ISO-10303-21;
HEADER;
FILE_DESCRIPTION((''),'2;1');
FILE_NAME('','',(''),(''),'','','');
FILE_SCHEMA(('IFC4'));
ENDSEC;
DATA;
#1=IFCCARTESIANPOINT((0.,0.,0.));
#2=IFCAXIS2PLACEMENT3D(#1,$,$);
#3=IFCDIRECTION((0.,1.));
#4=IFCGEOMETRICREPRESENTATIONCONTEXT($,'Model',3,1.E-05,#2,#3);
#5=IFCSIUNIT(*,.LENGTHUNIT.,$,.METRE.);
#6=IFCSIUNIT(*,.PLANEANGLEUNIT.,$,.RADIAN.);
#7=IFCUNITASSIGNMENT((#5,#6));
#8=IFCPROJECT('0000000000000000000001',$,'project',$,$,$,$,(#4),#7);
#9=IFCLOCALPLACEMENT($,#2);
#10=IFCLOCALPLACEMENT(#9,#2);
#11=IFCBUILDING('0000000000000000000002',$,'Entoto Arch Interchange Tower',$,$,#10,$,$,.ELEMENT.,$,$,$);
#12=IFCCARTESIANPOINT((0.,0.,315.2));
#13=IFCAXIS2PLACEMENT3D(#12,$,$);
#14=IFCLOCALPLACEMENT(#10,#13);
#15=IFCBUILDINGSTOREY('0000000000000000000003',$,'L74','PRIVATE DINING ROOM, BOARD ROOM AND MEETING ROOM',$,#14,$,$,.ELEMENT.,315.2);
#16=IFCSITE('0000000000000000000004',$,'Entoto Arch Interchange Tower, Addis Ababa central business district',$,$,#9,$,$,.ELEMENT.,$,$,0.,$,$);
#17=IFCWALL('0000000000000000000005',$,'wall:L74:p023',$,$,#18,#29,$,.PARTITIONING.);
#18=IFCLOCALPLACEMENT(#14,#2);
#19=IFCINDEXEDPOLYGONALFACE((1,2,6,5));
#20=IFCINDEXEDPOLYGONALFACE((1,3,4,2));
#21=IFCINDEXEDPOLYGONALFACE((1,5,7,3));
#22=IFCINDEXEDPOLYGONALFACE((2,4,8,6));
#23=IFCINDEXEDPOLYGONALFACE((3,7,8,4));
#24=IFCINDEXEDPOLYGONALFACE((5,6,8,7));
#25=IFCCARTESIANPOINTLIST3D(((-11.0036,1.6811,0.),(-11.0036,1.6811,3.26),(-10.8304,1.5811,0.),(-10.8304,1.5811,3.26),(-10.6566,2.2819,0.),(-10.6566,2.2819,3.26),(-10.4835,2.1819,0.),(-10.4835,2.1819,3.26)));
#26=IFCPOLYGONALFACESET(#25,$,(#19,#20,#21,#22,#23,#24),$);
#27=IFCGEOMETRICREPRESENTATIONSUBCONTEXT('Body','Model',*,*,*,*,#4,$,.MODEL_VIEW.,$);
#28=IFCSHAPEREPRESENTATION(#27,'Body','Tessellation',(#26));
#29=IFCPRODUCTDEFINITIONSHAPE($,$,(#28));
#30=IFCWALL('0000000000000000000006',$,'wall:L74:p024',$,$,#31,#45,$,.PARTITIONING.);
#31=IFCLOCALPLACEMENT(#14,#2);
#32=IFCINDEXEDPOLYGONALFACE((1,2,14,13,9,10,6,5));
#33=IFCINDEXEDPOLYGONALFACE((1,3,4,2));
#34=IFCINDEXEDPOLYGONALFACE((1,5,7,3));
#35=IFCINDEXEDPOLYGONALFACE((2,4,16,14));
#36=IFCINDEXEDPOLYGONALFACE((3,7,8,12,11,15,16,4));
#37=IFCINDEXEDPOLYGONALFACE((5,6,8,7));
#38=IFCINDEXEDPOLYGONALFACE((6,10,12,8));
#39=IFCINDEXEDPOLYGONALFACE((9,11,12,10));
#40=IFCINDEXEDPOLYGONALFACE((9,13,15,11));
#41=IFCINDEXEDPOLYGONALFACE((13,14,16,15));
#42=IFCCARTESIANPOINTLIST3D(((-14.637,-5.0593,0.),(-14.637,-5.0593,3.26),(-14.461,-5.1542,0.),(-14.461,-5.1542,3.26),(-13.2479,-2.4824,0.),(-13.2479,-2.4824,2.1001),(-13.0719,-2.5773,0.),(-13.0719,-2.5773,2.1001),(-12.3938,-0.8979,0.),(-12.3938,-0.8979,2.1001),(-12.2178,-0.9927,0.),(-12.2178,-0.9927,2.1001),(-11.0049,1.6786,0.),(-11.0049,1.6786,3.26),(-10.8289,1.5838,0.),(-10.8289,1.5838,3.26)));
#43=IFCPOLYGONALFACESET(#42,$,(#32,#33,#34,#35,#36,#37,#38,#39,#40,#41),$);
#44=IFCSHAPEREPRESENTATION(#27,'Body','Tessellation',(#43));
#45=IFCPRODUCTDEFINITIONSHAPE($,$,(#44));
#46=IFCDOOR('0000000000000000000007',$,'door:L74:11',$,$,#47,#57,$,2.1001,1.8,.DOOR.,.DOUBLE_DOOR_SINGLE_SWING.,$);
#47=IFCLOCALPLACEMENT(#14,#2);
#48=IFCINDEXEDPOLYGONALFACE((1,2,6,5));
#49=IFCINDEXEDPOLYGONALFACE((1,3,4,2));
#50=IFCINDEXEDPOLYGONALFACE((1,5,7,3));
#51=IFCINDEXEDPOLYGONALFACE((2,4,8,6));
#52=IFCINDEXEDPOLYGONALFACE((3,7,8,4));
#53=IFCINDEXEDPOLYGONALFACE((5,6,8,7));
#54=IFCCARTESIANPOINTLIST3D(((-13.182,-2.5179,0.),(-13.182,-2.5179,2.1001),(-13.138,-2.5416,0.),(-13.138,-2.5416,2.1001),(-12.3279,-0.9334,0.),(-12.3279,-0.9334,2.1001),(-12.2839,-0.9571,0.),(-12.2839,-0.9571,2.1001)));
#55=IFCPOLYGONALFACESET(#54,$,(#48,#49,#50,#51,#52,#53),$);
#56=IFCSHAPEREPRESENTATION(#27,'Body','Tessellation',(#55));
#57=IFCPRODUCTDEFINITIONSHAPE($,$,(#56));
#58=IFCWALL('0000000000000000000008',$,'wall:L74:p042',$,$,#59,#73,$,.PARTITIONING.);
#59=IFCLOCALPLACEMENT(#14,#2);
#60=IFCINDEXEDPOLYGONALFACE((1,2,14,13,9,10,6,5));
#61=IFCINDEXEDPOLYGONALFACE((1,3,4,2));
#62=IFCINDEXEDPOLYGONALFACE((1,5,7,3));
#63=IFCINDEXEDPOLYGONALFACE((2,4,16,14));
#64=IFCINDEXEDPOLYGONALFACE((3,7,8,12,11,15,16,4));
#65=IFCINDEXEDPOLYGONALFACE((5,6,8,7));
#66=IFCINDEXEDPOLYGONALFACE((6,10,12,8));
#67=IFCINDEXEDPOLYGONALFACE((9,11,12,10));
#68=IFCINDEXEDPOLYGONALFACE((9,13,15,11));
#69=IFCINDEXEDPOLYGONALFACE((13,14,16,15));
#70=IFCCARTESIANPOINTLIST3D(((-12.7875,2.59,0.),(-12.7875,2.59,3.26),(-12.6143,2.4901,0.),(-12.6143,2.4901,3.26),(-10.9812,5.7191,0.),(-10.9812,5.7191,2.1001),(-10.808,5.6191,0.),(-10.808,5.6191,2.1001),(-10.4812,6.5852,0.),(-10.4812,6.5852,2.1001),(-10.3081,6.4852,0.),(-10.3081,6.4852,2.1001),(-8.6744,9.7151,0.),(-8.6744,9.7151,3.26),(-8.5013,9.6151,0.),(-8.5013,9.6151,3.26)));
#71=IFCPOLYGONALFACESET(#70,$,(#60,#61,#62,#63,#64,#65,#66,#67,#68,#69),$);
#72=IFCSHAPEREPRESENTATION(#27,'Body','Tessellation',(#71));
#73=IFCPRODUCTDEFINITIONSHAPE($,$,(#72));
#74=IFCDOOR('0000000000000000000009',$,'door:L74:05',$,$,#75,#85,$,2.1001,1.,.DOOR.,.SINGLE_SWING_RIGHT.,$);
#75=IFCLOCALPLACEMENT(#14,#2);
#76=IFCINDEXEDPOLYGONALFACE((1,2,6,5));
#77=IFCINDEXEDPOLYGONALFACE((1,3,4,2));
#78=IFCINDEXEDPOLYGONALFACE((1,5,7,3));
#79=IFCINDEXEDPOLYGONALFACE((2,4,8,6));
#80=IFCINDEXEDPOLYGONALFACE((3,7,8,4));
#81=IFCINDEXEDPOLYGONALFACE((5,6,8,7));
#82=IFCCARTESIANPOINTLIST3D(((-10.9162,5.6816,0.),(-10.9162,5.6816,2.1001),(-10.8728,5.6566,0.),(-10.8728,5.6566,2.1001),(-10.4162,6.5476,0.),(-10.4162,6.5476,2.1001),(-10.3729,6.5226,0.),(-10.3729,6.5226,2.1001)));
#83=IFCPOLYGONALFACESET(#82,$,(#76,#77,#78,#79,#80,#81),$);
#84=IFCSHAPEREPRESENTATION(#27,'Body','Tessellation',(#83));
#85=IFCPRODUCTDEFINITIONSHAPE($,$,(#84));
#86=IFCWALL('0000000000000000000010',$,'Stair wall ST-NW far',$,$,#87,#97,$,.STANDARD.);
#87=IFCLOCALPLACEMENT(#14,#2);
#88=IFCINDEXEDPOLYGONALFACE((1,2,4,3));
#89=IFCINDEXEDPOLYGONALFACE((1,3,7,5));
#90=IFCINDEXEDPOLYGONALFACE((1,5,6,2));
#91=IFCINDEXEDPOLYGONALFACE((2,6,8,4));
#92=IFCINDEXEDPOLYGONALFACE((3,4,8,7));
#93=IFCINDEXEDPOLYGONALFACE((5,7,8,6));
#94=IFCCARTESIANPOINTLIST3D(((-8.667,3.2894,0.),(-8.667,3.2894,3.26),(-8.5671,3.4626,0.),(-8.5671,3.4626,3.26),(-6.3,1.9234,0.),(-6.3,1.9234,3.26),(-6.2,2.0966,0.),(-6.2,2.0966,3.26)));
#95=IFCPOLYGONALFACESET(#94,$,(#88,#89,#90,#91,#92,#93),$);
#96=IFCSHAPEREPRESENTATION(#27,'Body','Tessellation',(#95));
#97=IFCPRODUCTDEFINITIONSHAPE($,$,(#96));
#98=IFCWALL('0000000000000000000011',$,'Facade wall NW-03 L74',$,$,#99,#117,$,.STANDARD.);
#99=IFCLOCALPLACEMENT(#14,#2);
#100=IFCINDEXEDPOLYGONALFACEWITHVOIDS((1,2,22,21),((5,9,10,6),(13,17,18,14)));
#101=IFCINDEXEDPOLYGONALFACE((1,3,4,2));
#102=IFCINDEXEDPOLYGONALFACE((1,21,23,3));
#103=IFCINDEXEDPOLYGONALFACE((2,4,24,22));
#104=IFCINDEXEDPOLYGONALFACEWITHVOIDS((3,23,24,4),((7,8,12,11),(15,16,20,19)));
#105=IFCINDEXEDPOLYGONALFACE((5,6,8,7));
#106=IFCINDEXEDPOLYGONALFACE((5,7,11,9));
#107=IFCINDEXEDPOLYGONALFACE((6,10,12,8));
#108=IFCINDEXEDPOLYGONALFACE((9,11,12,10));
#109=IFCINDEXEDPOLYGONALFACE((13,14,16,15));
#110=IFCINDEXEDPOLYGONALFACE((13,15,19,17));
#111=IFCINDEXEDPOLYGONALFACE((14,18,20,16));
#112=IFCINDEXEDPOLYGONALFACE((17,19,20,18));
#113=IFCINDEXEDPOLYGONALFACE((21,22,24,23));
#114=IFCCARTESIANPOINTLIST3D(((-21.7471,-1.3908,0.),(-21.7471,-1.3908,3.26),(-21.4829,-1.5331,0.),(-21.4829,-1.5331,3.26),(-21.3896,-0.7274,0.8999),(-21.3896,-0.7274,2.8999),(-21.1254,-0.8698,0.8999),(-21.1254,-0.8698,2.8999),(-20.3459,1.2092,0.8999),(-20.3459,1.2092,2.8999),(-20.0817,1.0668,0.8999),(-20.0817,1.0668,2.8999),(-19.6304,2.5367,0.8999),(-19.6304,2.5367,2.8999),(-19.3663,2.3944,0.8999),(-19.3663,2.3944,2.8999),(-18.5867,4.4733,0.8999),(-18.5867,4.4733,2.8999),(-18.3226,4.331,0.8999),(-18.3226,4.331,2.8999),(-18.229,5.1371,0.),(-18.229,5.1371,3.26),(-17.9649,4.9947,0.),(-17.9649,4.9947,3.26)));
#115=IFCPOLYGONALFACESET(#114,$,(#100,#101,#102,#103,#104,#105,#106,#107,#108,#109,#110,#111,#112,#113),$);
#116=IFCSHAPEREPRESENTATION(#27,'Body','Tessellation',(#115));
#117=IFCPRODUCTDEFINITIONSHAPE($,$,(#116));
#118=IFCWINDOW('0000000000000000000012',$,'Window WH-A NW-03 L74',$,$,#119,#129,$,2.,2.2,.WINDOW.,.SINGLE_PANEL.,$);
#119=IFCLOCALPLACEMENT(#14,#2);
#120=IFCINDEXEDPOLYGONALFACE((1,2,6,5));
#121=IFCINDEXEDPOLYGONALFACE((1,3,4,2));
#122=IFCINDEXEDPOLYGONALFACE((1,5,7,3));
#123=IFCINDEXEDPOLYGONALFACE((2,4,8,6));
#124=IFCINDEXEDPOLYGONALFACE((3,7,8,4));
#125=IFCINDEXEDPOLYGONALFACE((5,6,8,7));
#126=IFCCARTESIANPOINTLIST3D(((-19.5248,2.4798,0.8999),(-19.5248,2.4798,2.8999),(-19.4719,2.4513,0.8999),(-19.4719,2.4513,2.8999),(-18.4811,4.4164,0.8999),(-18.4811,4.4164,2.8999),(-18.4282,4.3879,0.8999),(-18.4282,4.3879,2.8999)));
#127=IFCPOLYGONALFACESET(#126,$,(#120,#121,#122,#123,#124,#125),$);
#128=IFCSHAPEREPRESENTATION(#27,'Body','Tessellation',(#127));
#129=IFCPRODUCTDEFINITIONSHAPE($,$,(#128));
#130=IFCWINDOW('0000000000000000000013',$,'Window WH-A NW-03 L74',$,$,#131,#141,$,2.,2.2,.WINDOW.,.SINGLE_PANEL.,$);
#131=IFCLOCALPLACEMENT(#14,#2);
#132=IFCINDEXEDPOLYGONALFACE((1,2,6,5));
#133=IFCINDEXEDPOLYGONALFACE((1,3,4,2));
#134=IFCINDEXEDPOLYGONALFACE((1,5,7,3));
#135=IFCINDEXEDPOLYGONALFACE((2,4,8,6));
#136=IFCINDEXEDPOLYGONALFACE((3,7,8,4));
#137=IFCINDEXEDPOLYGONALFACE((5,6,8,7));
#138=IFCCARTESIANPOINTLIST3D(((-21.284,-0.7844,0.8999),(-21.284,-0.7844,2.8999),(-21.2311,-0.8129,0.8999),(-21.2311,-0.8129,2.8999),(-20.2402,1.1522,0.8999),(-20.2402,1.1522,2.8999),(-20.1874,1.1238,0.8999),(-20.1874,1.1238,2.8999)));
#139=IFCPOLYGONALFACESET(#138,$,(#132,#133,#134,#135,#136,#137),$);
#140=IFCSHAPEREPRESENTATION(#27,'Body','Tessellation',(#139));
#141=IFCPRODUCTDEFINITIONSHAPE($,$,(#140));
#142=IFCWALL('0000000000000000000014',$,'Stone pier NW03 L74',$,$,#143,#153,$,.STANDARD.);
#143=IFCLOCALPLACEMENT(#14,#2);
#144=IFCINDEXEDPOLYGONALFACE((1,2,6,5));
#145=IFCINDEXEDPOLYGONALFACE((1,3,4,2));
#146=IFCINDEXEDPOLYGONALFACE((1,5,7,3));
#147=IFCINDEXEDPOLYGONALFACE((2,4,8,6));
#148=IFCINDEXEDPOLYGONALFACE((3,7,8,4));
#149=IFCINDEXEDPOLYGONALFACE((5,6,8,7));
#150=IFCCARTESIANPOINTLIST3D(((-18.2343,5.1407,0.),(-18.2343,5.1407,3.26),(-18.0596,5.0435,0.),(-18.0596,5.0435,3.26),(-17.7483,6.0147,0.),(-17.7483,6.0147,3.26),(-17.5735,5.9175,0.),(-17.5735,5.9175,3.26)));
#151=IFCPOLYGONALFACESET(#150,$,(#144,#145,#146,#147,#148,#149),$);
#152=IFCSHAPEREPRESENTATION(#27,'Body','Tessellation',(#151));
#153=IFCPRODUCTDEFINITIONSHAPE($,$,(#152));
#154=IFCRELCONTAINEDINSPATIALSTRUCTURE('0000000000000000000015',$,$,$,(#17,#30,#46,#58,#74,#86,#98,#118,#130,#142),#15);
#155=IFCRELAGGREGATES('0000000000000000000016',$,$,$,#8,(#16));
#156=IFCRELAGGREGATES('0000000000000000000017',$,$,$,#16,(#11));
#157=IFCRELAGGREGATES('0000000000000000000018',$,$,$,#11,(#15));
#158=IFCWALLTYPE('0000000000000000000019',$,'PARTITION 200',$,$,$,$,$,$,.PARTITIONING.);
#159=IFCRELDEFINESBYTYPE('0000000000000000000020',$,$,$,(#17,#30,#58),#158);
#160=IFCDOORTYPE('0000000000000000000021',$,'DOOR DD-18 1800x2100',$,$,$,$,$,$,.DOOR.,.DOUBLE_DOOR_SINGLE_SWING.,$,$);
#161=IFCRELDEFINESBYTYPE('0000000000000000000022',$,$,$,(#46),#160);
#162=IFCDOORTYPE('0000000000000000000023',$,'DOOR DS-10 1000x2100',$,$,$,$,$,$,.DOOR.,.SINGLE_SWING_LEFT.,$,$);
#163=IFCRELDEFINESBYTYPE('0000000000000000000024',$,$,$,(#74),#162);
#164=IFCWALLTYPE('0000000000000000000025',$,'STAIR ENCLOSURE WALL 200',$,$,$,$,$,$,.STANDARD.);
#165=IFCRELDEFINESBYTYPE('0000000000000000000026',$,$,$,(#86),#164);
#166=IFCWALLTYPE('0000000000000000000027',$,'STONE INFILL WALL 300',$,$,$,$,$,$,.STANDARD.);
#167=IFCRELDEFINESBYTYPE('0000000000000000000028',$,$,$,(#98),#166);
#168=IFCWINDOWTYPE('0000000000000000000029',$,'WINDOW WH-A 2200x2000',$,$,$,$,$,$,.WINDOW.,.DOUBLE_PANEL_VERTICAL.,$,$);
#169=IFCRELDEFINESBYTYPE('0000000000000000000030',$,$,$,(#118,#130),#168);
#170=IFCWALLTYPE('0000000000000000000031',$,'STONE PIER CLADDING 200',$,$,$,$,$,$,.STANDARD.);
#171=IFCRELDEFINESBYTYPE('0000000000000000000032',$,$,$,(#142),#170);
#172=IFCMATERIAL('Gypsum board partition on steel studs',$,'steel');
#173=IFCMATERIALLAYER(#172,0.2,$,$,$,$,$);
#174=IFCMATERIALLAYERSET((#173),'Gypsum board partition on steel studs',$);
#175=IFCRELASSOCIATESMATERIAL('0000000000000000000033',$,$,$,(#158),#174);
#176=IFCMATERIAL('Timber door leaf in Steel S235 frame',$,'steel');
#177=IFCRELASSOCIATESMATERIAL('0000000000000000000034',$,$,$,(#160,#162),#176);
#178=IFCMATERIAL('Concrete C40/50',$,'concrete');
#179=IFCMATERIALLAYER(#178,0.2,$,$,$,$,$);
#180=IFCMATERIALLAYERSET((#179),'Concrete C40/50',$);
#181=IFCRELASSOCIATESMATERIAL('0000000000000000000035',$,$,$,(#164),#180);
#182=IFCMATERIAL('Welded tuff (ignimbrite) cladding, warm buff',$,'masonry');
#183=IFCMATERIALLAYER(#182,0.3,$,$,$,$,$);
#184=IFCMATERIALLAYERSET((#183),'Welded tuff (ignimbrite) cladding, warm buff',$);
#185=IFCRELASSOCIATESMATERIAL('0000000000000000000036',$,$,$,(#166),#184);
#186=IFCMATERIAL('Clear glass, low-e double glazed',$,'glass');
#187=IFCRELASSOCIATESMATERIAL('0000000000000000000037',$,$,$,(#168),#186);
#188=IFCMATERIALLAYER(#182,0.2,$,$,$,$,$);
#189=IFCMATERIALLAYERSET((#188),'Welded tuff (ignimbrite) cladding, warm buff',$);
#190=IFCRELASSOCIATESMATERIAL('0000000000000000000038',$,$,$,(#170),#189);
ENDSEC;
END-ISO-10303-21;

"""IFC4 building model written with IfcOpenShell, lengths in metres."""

from ifc_helpers import new_model, si_unit, direction, frame, frame_2d, origin, place, context, subcontext, project, spatial, rectangle, extrude, material, layer, layer_set, type_object, element, fill, save


model = new_model("IFC4")

# Units and contexts
model_context = context("Model", 3, precision=1e-05, world=origin(), true_north=direction((0.0, 1.0)))
body_context = subcontext(model_context, "Body", "Model", "MODEL_VIEW")
ifc_project = project(units=[si_unit("LENGTHUNIT", "METRE"), si_unit("PLANEANGLEUNIT", "RADIAN")], contexts=[model_context])

# Site, building, storey
site_placement = place(None, origin())
site = spatial("IfcSite", under=ifc_project, at=site_placement, Name="Entoto Arch Interchange Tower, Addis Ababa central business district", CompositionType="ELEMENT", RefElevation=0.0)
building_placement = place(site_placement, origin())
building = spatial("IfcBuilding", under=site, at=building_placement, Name="Entoto Arch Interchange Tower", CompositionType="ELEMENT")
storey_placement = place(building_placement, frame((0.0, 0.0, 315.2)))
storey = spatial("IfcBuildingStorey", under=building, at=storey_placement, Name="L74", Description="PRIVATE DINING ROOM, BOARD ROOM AND MEETING ROOM", CompositionType="ELEMENT", Elevation=315.2)

# Shared definitions
ifc_material_1 = material(Name="Concrete C40/50", Category="concrete")

# Wall
ifc_material_2 = material(Name="Gypsum board partition on steel studs", Category="steel")
ifc_layer_1 = layer(ifc_material_2, 0.2)
ifc_layer_set_1 = layer_set([ifc_layer_1], Name="Gypsum board partition on steel studs")
wall_type_1 = type_object("IfcWallType", Name="PARTITION 200", PredefinedType="PARTITIONING", material=ifc_layer_set_1)
wall_1_placement = place(storey_placement, frame((-10.5701, 2.2319, 0.0), z_axis=(0.0, 0.0, 1.0), x_axis=(-0.500037, -0.866004, 0.0)))
element("IfcWall", 1, at=wall_1_placement, inside=storey, type_object=wall_type_1, Name="wall:L74:p023", PredefinedType="PARTITIONING", context=body_context, shape_type="SweptSolid", body=[
    extrude(rectangle(XDim=0.6938, YDim=0.2, at=frame_2d((0.3469, 0.0))), origin(), (0.0, 0.0, 1.0), 3.26),
])

# Walls, openings, doors
wall_2_placement = place(storey_placement, frame((-10.917, 1.6311, 0.0), z_axis=(0.0, 0.0, 1.0), x_axis=(-0.474495, -0.880258, 0.0)))
wall_2 = element("IfcWall", 2, at=wall_2_placement, inside=storey, type_object=wall_type_1, Name="wall:L74:p024", PredefinedType="PARTITIONING", context=body_context, shape_type="SweptSolid", body=[
    extrude(rectangle(XDim=7.6545, YDim=0.2, at=frame_2d((3.8271, 0.0))), origin(), (0.0, 0.0, 1.0), 3.26),
])
opening_1_placement = place(wall_2_placement, frame((2.927, 0.0, 0.0)))
opening_1 = element("IfcOpeningElement", 3, at=opening_1_placement, cuts=wall_2, PredefinedType="OPENING", context=body_context, shape_type="SweptSolid", body=[
    extrude(rectangle(XDim=1.8, YDim=2.1001, at=frame_2d((0.8999, 1.05))), frame((0.0, 0.1099, 0.0), z_axis=(0.0, -1.0, 0.0), x_axis=(1.0, 0.0, 0.0)), (0.0, 0.0, 1.0), 0.22),
])
ifc_material_3 = material(Name="Timber door leaf in Steel S235 frame", Category="steel")
door_type_1 = type_object("IfcDoorType", Name="DOOR DD-18 1800x2100", OperationType="DOUBLE_DOOR_SINGLE_SWING", PredefinedType="DOOR", material=ifc_material_3)
door_1_placement = place(opening_1_placement, origin())
door_1 = element("IfcDoor", 4, at=door_1_placement, inside=storey, type_object=door_type_1, Name="door:L74:11", OperationType="DOUBLE_DOOR_SINGLE_SWING", OverallHeight=2.1001, OverallWidth=1.8, PredefinedType="DOOR", context=body_context, shape_type="SweptSolid", body=[
    extrude(rectangle(XDim=1.8, YDim=2.1001, at=frame_2d((0.8999, 1.05))), frame((0.0, 0.0249, 0.0), z_axis=(0.0, -1.0, 0.0), x_axis=(1.0, 0.0, 0.0)), (0.0, 0.0, 1.0), 0.05),
])
fill(opening_1, door_1)
wall_3_placement = place(storey_placement, frame((-12.7009, 2.54, 0.0), z_axis=(0.0, 0.0, 1.0), x_axis=(0.499947, 0.866056, 0.0)))
wall_3 = element("IfcWall", 5, at=wall_3_placement, inside=storey, type_object=wall_type_1, Name="wall:L74:p042", PredefinedType="PARTITIONING", context=body_context, shape_type="SweptSolid", body=[
    extrude(rectangle(XDim=8.2271, YDim=0.2, at=frame_2d((4.1135, 0.0))), origin(), (0.0, 0.0, 1.0), 3.26),
])
opening_2_placement = place(wall_3_placement, frame((3.613, 0.0, 0.0)))
opening_2 = element("IfcOpeningElement", 6, at=opening_2_placement, cuts=wall_3, PredefinedType="OPENING", context=body_context, shape_type="SweptSolid", body=[
    extrude(rectangle(XDim=1.0, YDim=2.1001, at=frame_2d((0.5, 1.05))), frame((0.0, 0.1099, 0.0), z_axis=(0.0, -1.0, 0.0), x_axis=(1.0, 0.0, 0.0)), (0.0, 0.0, 1.0), 0.22),
])
door_type_2 = type_object("IfcDoorType", Name="DOOR DS-10 1000x2100", OperationType="SINGLE_SWING_LEFT", PredefinedType="DOOR", material=ifc_material_3)
door_2_placement = place(opening_2_placement, origin())
door_2 = element("IfcDoor", 7, at=door_2_placement, inside=storey, type_object=door_type_2, Name="door:L74:05", OperationType="SINGLE_SWING_RIGHT", OverallHeight=2.1001, OverallWidth=1.0, PredefinedType="DOOR", context=body_context, shape_type="SweptSolid", body=[
    extrude(rectangle(XDim=1.0, YDim=2.1001, at=frame_2d((0.5, 1.05))), frame((0.0, 0.0249, 0.0), z_axis=(0.0, -1.0, 0.0), x_axis=(1.0, 0.0, 0.0)), (0.0, 0.0, 1.0), 0.05),
])
fill(opening_2, door_2)

# Wall
ifc_layer_2 = layer(ifc_material_1, 0.2)
ifc_layer_set_2 = layer_set([ifc_layer_2], Name="Concrete C40/50")
wall_type_2 = type_object("IfcWallType", Name="STAIR ENCLOSURE WALL 200", PredefinedType="STANDARD", material=ifc_layer_set_2)
wall_4_placement = place(storey_placement, frame((-6.25, 2.01, 0.0), z_axis=(0.0, 0.0, 1.0), x_axis=(-0.866119, 0.499838, 0.0)))
element("IfcWall", 8, at=wall_4_placement, inside=storey, type_object=wall_type_2, Name="Stair wall ST-NW far", PredefinedType="STANDARD", context=body_context, shape_type="SweptSolid", body=[
    extrude(rectangle(XDim=2.7329, YDim=0.2, at=frame_2d((1.3665, 0.0))), origin(), (0.0, 0.0, 1.0), 3.26),
])

# Wall, openings, windows
ifc_material_4 = material(Name="Welded tuff (ignimbrite) cladding, warm buff", Category="masonry")
ifc_layer_3 = layer(ifc_material_4, 0.3)
ifc_layer_set_3 = layer_set([ifc_layer_3], Name="Welded tuff (ignimbrite) cladding, warm buff")
wall_type_3 = type_object("IfcWallType", Name="STONE INFILL WALL 300", PredefinedType="STANDARD", material=ifc_layer_set_3)
wall_5_placement = place(storey_placement, frame((-18.0969, 5.0659, 0.0), z_axis=(0.0, 0.0, 1.0), x_axis=(-0.474422, -0.880298, 0.0)))
wall_5 = element("IfcWall", 9, at=wall_5_placement, inside=storey, type_object=wall_type_3, Name="Facade wall NW-03 L74", PredefinedType="STANDARD", context=body_context, shape_type="SweptSolid", body=[
    extrude(rectangle(XDim=7.4155, YDim=0.3, at=frame_2d((3.7078, 0.0))), origin(), (0.0, 0.0, 1.0), 3.26),
])
opening_3_placement = place(wall_5_placement, frame((0.7539, 0.0, 0.8999)))
opening_3 = element("IfcOpeningElement", 10, at=opening_3_placement, cuts=wall_5, PredefinedType="OPENING", context=body_context, shape_type="SweptSolid", body=[
    extrude(rectangle(XDim=2.2, YDim=2.0, at=frame_2d((1.1001, 1.0))), frame((0.0, 0.1602, 0.0), z_axis=(0.0, -1.0, 0.0), x_axis=(1.0, 0.0, 0.0)), (0.0, 0.0, 1.0), 0.3201),
])
opening_4_placement = place(wall_5_placement, frame((4.4619, 0.0, 0.8999)))
opening_4 = element("IfcOpeningElement", 11, at=opening_4_placement, cuts=wall_5, PredefinedType="OPENING", context=body_context, shape_type="SweptSolid", body=[
    extrude(rectangle(XDim=2.2, YDim=2.0, at=frame_2d((1.1001, 1.0))), frame((0.0, 0.1602, 0.0), z_axis=(0.0, -1.0, 0.0), x_axis=(1.0, 0.0, 0.0)), (0.0, 0.0, 1.0), 0.3201),
])
ifc_material_5 = material(Name="Clear glass, low-e double glazed", Category="glass")
window_type = type_object("IfcWindowType", Name="WINDOW WH-A 2200x2000", PartitioningType="DOUBLE_PANEL_VERTICAL", PredefinedType="WINDOW", material=ifc_material_5)
window_1_placement = place(opening_3_placement, origin())
window_1 = element("IfcWindow", 12, at=window_1_placement, inside=storey, type_object=window_type, Name="Window WH-A NW-03 L74", OverallHeight=2.0, OverallWidth=2.2, PartitioningType="SINGLE_PANEL", PredefinedType="WINDOW", context=body_context, shape_type="SweptSolid", body=[
    extrude(rectangle(XDim=2.2, YDim=2.0, at=frame_2d((1.1001, 1.0))), frame((0.0, 0.03, 0.0), z_axis=(0.0, -1.0, 0.0), x_axis=(1.0, 0.0, 0.0)), (0.0, 0.0, 1.0), 0.0601),
])
fill(opening_3, window_1)
window_2_placement = place(opening_4_placement, origin())
window_2 = element("IfcWindow", 13, at=window_2_placement, inside=storey, type_object=window_type, Name="Window WH-A NW-03 L74", OverallHeight=2.0, OverallWidth=2.2, PartitioningType="SINGLE_PANEL", PredefinedType="WINDOW", context=body_context, shape_type="SweptSolid", body=[
    extrude(rectangle(XDim=2.2, YDim=2.0, at=frame_2d((1.1001, 1.0))), frame((0.0, 0.03, 0.0), z_axis=(0.0, -1.0, 0.0), x_axis=(1.0, 0.0, 0.0)), (0.0, 0.0, 1.0), 0.0601),
])
fill(opening_4, window_2)

# Wall
ifc_layer_4 = layer(ifc_material_4, 0.2)
ifc_layer_set_4 = layer_set([ifc_layer_4], Name="Welded tuff (ignimbrite) cladding, warm buff")
wall_type_4 = type_object("IfcWallType", Name="STONE PIER CLADDING 200", PredefinedType="STANDARD", material=ifc_layer_set_4)
wall_6_placement = place(storey_placement, frame((-17.6609, 5.9661, 0.0), z_axis=(0.0, 0.0, 1.0), x_axis=(-0.486037, -0.873938, 0.0)))
element("IfcWall", 14, at=wall_6_placement, inside=storey, type_object=wall_type_4, Name="Stone pier NW03 L74", PredefinedType="STANDARD", context=body_context, shape_type="SweptSolid", body=[
    extrude(rectangle(XDim=1.0, YDim=0.2, at=frame_2d((0.5, 0.0))), origin(), (0.0, 0.0, 1.0), 3.26),
])

save(model, "model.ifc")
